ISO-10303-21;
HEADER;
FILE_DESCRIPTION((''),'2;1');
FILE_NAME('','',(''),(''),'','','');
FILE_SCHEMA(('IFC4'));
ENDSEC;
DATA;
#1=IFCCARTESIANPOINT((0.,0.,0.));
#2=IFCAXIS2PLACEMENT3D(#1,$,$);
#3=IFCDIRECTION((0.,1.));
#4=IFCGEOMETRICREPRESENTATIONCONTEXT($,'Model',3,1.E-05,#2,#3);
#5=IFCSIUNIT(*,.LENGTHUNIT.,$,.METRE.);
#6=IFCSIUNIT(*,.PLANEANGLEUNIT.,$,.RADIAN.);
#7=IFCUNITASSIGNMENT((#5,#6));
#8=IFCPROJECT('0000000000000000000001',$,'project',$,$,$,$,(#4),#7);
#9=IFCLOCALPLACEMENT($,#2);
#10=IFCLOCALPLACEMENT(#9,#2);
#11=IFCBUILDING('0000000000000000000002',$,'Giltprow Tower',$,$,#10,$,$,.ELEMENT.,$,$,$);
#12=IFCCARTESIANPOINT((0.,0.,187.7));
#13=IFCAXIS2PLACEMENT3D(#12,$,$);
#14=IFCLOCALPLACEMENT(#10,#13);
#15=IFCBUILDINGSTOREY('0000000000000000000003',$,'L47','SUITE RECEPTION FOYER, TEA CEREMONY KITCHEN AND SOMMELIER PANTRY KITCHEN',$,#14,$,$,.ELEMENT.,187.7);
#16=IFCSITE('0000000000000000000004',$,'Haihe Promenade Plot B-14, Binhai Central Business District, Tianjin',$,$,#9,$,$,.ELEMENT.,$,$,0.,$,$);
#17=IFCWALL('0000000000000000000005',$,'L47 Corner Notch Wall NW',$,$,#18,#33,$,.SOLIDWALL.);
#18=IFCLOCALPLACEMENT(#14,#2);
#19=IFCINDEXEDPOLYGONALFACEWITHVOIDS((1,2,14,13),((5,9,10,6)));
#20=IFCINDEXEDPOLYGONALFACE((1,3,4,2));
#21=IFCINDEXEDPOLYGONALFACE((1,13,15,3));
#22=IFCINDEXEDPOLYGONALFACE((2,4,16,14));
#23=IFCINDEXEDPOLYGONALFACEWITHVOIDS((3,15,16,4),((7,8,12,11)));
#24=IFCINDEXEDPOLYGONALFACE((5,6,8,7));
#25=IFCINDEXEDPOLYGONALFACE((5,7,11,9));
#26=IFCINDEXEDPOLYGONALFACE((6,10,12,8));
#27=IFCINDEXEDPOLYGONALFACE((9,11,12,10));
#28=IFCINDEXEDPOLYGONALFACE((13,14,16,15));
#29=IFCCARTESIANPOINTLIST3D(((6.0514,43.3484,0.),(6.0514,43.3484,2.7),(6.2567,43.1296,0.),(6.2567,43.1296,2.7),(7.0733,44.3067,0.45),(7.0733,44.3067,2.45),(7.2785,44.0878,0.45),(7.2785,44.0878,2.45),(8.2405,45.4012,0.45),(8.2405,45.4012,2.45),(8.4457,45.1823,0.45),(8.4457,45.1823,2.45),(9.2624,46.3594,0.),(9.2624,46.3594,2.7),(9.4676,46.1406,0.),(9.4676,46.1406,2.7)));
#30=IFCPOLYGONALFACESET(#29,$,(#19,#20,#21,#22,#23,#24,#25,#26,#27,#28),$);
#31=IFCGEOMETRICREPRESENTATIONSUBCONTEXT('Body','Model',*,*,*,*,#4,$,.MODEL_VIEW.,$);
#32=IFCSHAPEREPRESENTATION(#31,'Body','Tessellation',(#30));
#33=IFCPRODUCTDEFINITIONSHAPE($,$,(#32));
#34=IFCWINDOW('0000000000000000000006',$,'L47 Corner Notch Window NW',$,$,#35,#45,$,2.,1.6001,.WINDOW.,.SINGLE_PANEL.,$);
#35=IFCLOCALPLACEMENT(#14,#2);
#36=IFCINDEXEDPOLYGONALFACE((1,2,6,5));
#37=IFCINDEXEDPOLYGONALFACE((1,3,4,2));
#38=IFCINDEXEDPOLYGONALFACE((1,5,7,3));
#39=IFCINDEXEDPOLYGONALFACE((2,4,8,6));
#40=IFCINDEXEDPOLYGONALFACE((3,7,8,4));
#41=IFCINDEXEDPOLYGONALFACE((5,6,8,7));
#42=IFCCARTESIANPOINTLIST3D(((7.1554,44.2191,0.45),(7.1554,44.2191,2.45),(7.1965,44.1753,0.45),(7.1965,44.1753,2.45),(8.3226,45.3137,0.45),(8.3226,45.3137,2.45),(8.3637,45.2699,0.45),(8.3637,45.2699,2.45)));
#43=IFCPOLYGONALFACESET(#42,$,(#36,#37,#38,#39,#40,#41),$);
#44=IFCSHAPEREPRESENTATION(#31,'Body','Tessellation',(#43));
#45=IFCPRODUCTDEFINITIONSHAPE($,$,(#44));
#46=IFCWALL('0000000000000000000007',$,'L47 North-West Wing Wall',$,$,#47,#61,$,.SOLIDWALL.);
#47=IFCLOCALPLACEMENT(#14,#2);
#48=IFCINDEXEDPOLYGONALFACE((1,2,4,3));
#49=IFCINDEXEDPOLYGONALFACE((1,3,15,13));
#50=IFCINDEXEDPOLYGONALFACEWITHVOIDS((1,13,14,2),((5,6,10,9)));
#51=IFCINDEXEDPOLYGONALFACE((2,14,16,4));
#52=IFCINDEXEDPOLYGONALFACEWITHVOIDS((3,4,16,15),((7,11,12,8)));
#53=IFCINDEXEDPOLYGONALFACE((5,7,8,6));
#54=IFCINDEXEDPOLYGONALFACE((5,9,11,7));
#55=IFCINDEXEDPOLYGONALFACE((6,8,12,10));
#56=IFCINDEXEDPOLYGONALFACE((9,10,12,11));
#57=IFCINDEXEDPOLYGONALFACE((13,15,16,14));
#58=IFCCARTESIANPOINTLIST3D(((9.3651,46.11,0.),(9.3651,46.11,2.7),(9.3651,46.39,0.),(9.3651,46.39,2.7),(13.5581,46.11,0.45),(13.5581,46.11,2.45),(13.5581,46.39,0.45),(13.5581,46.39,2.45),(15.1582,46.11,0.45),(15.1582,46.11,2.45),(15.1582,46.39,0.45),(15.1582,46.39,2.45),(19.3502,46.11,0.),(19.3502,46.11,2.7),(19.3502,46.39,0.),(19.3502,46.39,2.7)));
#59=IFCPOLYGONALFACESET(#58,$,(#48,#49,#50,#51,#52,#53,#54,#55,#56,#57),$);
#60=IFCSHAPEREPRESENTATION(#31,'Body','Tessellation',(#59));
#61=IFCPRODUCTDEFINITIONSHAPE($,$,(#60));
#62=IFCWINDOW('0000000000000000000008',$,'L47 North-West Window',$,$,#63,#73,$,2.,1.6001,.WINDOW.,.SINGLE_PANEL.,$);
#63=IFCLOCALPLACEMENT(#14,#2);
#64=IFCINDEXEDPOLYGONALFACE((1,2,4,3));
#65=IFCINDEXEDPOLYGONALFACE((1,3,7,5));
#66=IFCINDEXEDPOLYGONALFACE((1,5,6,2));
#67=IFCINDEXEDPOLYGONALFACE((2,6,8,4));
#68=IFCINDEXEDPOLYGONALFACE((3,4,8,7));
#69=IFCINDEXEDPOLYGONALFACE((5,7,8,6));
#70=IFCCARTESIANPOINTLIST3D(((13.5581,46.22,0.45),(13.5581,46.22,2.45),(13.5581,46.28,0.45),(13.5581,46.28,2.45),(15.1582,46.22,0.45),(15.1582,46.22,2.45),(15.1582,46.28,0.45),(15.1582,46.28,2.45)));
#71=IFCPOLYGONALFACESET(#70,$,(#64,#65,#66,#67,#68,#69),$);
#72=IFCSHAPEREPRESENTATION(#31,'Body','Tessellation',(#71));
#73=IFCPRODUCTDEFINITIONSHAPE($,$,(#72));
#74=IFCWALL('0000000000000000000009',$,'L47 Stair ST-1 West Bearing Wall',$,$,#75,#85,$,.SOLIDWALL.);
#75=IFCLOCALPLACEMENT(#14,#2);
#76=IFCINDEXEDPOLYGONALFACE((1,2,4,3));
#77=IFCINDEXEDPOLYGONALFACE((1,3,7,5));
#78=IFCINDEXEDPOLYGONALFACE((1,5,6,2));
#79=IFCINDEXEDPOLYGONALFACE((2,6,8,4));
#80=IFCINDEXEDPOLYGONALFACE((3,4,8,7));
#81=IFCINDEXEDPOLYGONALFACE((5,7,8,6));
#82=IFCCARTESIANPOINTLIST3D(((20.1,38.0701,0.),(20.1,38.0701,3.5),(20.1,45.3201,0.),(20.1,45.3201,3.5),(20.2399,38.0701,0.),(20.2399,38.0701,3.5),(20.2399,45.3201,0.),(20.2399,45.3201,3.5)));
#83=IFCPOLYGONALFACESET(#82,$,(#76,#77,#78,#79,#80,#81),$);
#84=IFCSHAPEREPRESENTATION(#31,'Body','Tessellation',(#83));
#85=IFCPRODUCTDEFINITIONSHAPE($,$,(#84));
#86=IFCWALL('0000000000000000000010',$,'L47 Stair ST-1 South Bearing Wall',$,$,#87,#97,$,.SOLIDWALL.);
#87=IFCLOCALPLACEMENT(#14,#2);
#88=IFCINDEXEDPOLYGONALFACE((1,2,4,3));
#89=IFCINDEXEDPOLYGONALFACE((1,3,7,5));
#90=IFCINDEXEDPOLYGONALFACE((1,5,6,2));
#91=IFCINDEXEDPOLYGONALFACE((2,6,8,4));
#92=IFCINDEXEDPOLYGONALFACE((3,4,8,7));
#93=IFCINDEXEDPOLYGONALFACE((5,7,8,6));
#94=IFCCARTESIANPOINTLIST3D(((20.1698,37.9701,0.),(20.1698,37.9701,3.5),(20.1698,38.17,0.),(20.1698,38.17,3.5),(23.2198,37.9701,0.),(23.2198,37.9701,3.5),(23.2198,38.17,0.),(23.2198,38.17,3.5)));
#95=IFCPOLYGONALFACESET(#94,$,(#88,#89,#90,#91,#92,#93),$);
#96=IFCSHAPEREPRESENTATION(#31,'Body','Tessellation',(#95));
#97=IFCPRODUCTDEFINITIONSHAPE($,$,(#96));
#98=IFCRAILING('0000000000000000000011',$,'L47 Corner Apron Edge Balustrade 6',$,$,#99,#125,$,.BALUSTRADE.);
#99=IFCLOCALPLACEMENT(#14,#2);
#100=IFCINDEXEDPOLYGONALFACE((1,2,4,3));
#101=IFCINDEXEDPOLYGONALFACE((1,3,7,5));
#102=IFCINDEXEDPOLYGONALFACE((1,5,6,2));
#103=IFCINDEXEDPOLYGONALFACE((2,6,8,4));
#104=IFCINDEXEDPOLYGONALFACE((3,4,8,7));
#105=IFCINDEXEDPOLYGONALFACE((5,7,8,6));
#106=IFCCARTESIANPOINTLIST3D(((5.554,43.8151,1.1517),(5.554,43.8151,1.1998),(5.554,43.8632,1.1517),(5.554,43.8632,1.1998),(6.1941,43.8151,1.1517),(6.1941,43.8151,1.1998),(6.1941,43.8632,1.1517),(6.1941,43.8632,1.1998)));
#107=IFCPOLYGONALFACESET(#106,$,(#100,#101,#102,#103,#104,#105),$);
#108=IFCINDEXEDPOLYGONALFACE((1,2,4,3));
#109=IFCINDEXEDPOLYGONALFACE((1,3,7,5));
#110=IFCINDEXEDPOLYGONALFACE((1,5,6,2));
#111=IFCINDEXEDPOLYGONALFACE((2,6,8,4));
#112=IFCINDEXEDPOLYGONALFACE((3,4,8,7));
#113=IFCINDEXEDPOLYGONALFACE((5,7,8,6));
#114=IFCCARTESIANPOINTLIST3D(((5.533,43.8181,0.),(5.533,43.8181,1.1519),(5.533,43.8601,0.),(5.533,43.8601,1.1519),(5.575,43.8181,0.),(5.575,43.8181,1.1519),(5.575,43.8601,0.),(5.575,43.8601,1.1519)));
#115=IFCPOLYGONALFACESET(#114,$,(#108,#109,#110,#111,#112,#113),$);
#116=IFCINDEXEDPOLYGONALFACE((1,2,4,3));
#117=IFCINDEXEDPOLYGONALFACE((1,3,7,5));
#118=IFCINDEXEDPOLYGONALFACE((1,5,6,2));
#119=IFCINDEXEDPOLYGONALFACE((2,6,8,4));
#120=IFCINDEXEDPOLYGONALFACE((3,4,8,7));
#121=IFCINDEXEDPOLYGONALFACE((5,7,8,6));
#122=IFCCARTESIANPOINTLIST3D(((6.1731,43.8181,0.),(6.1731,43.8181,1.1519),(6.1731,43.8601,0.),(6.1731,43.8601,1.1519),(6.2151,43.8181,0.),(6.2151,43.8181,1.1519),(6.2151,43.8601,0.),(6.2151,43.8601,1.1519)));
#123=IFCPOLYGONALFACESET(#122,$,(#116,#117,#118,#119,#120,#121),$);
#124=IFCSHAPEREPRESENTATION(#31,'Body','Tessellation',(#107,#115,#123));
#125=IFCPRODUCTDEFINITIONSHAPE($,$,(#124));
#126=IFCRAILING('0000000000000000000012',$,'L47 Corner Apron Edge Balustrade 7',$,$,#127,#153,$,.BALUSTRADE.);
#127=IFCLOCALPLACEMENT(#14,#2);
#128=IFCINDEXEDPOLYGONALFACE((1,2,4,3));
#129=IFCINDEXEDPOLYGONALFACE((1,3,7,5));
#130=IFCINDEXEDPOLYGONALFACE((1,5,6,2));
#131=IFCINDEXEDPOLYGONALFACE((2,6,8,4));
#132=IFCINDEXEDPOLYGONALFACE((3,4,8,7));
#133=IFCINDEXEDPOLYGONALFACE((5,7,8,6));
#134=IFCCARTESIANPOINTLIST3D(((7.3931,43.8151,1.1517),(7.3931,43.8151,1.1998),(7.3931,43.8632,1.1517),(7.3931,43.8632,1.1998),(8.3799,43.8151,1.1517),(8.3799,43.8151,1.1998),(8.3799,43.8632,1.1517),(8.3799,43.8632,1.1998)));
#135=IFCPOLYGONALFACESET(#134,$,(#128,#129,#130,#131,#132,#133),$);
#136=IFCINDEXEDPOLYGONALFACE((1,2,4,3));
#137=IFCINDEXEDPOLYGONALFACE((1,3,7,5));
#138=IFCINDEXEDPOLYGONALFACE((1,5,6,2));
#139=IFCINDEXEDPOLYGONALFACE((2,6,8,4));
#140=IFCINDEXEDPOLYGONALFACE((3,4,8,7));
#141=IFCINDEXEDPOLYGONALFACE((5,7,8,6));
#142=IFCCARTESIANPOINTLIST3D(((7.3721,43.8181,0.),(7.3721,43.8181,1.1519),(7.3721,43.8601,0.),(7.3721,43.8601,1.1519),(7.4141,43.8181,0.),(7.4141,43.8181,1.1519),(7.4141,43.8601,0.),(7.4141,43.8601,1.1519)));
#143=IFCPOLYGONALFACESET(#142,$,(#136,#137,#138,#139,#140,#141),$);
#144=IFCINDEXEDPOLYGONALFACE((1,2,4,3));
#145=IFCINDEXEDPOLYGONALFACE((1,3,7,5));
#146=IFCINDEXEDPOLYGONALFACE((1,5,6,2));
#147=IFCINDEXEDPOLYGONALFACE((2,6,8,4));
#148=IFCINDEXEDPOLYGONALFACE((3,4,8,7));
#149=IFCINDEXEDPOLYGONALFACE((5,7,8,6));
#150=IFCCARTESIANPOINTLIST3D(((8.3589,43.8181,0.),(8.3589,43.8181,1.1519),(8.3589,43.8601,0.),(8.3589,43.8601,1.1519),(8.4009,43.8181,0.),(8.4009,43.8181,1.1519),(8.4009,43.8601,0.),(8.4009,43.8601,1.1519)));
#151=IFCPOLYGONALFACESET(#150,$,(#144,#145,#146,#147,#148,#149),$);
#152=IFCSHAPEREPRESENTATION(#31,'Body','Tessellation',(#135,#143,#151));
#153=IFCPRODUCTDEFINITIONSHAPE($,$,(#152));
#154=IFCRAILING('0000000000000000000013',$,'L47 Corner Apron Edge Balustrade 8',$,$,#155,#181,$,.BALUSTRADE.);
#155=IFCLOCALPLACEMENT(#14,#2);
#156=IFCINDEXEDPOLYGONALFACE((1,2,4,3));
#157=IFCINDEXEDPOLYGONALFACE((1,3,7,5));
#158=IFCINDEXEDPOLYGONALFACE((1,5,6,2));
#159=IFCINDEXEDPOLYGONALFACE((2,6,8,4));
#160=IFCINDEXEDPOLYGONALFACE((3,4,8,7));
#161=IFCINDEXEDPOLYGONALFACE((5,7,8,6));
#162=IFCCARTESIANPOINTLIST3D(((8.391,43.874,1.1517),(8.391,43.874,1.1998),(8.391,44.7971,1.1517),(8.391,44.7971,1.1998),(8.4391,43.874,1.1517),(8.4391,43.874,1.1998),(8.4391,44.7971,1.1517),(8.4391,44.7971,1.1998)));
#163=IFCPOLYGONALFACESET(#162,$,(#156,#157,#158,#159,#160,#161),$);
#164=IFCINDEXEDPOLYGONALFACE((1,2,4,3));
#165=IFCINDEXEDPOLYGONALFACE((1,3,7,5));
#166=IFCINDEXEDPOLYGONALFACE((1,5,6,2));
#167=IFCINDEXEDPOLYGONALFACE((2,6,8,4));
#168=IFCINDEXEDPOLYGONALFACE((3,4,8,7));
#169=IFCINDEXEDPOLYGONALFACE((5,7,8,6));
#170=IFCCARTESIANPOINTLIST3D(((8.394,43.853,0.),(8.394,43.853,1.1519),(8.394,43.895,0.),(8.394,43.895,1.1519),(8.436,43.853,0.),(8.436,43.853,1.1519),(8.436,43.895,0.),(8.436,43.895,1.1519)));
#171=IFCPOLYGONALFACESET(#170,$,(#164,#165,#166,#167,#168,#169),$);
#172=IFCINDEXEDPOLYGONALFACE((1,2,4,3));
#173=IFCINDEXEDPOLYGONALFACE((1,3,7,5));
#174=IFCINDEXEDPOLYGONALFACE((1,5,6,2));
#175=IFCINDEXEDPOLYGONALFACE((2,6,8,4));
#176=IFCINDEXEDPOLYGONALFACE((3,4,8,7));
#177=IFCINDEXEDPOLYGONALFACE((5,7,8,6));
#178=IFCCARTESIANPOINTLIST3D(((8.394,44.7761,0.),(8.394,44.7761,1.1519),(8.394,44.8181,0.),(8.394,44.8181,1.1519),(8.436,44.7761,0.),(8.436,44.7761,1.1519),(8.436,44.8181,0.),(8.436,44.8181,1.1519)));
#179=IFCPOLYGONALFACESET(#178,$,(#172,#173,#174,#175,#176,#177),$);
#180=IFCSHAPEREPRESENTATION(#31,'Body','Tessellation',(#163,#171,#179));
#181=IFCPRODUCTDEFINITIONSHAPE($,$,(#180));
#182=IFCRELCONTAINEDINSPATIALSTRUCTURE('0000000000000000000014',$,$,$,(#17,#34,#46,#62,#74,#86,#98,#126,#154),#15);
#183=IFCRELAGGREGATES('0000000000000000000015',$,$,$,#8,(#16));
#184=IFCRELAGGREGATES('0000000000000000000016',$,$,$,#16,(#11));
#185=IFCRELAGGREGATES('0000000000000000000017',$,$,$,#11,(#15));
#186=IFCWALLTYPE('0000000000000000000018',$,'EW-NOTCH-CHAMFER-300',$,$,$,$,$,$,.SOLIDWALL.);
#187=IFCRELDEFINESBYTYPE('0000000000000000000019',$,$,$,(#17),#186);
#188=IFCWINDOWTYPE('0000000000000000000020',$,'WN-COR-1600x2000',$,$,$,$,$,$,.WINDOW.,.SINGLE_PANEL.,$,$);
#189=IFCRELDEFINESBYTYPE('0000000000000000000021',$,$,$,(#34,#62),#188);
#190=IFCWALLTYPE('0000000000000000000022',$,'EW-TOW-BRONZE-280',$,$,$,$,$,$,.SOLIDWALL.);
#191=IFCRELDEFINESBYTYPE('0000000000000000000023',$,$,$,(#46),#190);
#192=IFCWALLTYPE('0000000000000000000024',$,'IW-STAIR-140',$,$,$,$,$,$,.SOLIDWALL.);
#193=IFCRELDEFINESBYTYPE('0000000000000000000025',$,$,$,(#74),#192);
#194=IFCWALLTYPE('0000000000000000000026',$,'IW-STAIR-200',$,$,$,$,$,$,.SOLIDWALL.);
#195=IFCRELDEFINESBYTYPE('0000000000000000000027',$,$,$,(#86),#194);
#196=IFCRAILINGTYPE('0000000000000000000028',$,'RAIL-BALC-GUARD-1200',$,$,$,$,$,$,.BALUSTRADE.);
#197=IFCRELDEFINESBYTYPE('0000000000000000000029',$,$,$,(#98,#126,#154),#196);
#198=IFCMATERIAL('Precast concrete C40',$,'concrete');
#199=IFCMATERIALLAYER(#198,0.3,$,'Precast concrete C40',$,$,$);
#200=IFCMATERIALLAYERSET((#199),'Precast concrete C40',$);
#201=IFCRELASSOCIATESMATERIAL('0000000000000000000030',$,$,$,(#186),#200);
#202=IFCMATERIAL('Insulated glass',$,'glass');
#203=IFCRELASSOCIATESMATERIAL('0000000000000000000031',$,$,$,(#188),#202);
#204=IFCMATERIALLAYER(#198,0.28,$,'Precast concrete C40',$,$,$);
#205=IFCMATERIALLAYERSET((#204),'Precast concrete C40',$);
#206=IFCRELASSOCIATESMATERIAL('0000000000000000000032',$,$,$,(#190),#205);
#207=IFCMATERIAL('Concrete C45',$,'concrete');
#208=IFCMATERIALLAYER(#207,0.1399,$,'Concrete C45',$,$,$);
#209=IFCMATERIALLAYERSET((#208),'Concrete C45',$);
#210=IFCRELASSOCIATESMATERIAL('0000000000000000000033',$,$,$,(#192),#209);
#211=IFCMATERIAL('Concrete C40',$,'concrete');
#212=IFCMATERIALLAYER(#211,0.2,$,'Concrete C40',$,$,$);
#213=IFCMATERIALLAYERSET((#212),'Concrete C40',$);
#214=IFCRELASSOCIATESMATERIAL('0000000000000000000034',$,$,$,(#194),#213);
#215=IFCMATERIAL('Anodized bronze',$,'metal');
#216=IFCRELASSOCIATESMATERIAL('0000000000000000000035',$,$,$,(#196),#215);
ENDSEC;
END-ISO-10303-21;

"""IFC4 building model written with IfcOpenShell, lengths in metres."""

from ifc_helpers import new_model, si_unit, direction, frame, frame_2d, origin, origin_2d, place, context, subcontext, project, spatial, rectangle, extrude, source, transform, mapped, material, layer, layer_set, type_object, element, fill, save


model = new_model("IFC4")

# Units and contexts
model_context = context("Model", 3, precision=1e-05, world=origin(), true_north=direction((0.0, 1.0)))
body_context = subcontext(model_context, "Body", "Model", "MODEL_VIEW")
ifc_project = project(units=[si_unit("LENGTHUNIT", "METRE"), si_unit("PLANEANGLEUNIT", "RADIAN")], contexts=[model_context])

# Site, building, storey
site_placement = place(None, origin())
site = spatial("IfcSite", under=ifc_project, at=site_placement, Name="Haihe Promenade Plot B-14, Binhai Central Business District, Tianjin", CompositionType="ELEMENT", RefElevation=0.0)
building_placement = place(site_placement, origin())
building = spatial("IfcBuilding", under=site, at=building_placement, Name="Giltprow Tower", CompositionType="ELEMENT")
storey_placement = place(building_placement, frame((0.0, 0.0, 187.7)))
storey = spatial("IfcBuildingStorey", under=building, at=storey_placement, Name="L47", Description="SUITE RECEPTION FOYER, TEA CEREMONY KITCHEN AND SOMMELIER PANTRY KITCHEN", CompositionType="ELEMENT", Elevation=187.7)

# Walls, openings, windows
ifc_material_1 = material(Name="Precast concrete C40", Category="concrete")
ifc_layer_1 = layer(ifc_material_1, 0.3, Name="Precast concrete C40")
ifc_layer_set_1 = layer_set([ifc_layer_1], Name="Precast concrete C40")
wall_type_1 = type_object("IfcWallType", Name="EW-NOTCH-CHAMFER-300", PredefinedType="SOLIDWALL", material=ifc_layer_set_1)
wall_1_placement = place(storey_placement, frame((9.365, 46.25, 0.0), z_axis=(0.0, 0.0, 1.0), x_axis=(-0.729454, -0.68403, 0.0)))
wall_1 = element("IfcWall", 1, at=wall_1_placement, inside=storey, type_object=wall_type_1, Name="L47 Corner Notch Wall NW", PredefinedType="SOLIDWALL", context=body_context, shape_type="SweptSolid", body=[
    extrude(rectangle(XDim=4.4019, YDim=0.3, at=frame_2d((2.2009, 0.0))), origin(), (0.0, 0.0, 1.0), 2.7),
])
opening_1_placement = place(wall_1_placement, frame((1.4009, 0.0, 0.45)))
opening_1 = element("IfcOpeningElement", 2, at=opening_1_placement, cuts=wall_1, PredefinedType="OPENING", context=body_context, shape_type="SweptSolid", body=[
    extrude(rectangle(XDim=1.6001, YDim=2.0, at=frame_2d((0.8, 1.0))), frame((0.0, 0.1599, 0.0), z_axis=(0.0, -1.0, 0.0), x_axis=(1.0, 0.0, 0.0)), (0.0, 0.0, 1.0), 0.3201),
])
ifc_material_2 = material(Name="Insulated glass", Category="glass")
window_type = type_object("IfcWindowType", Name="WN-COR-1600x2000", PartitioningType="SINGLE_PANEL", PredefinedType="WINDOW", material=ifc_material_2)
shared_shape_1 = source(origin(), body_context, "Body", "SweptSolid", [
    extrude(rectangle(XDim=1.6001, YDim=2.0, at=frame_2d((0.8, 1.0))), frame((0.0, 0.03, 0.0), z_axis=(0.0, -1.0, 0.0), x_axis=(1.0, 0.0, 0.0)), (0.0, 0.0, 1.0), 0.0601),
])
window_1_placement = place(opening_1_placement, origin())
window_1 = element("IfcWindow", 3, at=window_1_placement, inside=storey, type_object=window_type, Name="L47 Corner Notch Window NW", OverallHeight=2.0, OverallWidth=1.6001, PartitioningType="SINGLE_PANEL", PredefinedType="WINDOW", context=body_context, shape_type="MappedRepresentation", body=[
    mapped(shared_shape_1, transform((0.0, 0.0, 0.0), x_axis=(1.0, 0.0, 0.0), y_axis=(0.0, 1.0, 0.0), z_axis=(0.0, 0.0, 1.0), scale=1.0)),
])
fill(opening_1, window_1)
ifc_layer_2 = layer(ifc_material_1, 0.28, Name="Precast concrete C40")
ifc_layer_set_2 = layer_set([ifc_layer_2], Name="Precast concrete C40")
wall_type_2 = type_object("IfcWallType", Name="EW-TOW-BRONZE-280", PredefinedType="SOLIDWALL", material=ifc_layer_set_2)
wall_2_placement = place(storey_placement, frame((9.365, 46.25, 0.0), z_axis=(0.0, 0.0, 1.0), x_axis=(1.0, 0.0, 0.0)))
wall_2 = element("IfcWall", 4, at=wall_2_placement, inside=storey, type_object=wall_type_2, Name="L47 North-West Wing Wall", PredefinedType="SOLIDWALL", context=body_context, shape_type="SweptSolid", body=[
    extrude(rectangle(XDim=9.9851, YDim=0.28, at=frame_2d((4.9927, 0.0))), origin(), (0.0, 0.0, 1.0), 2.7),
])
opening_2_placement = place(wall_2_placement, frame((4.1931, 0.0, 0.45)))
opening_2 = element("IfcOpeningElement", 5, at=opening_2_placement, cuts=wall_2, PredefinedType="OPENING", context=body_context, shape_type="SweptSolid", body=[
    extrude(rectangle(XDim=1.6001, YDim=2.0, at=frame_2d((0.8, 1.0))), frame((0.0, 0.1499, 0.0), z_axis=(0.0, -1.0, 0.0), x_axis=(1.0, 0.0, 0.0)), (0.0, 0.0, 1.0), 0.3),
])
window_2_placement = place(opening_2_placement, origin())
window_2 = element("IfcWindow", 6, at=window_2_placement, inside=storey, type_object=window_type, Name="L47 North-West Window", OverallHeight=2.0, OverallWidth=1.6001, PartitioningType="SINGLE_PANEL", PredefinedType="WINDOW", context=body_context, shape_type="MappedRepresentation", body=[
    mapped(shared_shape_1, transform((0.0, 0.0, 0.0), x_axis=(1.0, 0.0, 0.0), y_axis=(0.0, 1.0, 0.0), z_axis=(0.0, 0.0, 1.0), scale=1.0)),
])
fill(opening_2, window_2)

# Walls
ifc_material_3 = material(Name="Concrete C45", Category="concrete")
ifc_layer_3 = layer(ifc_material_3, 0.1399, Name="Concrete C45")
ifc_layer_set_3 = layer_set([ifc_layer_3], Name="Concrete C45")
wall_type_3 = type_object("IfcWallType", Name="IW-STAIR-140", PredefinedType="SOLIDWALL", material=ifc_layer_set_3)
wall_3_placement = place(storey_placement, frame((20.1699, 38.0701, 0.0), z_axis=(0.0, 0.0, 1.0), x_axis=(0.0, 1.0, 0.0)))
element("IfcWall", 7, at=wall_3_placement, inside=storey, type_object=wall_type_3, Name="L47 Stair ST-1 West Bearing Wall", PredefinedType="SOLIDWALL", context=body_context, shape_type="SweptSolid", body=[
    extrude(rectangle(XDim=7.25, YDim=0.1399, at=frame_2d((3.625, 0.0))), origin(), (0.0, 0.0, 1.0), 3.5),
])
ifc_material_4 = material(Name="Concrete C40", Category="concrete")
ifc_layer_4 = layer(ifc_material_4, 0.2, Name="Concrete C40")
ifc_layer_set_4 = layer_set([ifc_layer_4], Name="Concrete C40")
wall_type_4 = type_object("IfcWallType", Name="IW-STAIR-200", PredefinedType="SOLIDWALL", material=ifc_layer_set_4)
wall_4_placement = place(storey_placement, frame((20.1699, 38.0701, 0.0), z_axis=(0.0, 0.0, 1.0), x_axis=(1.0, 0.0, 0.0)))
element("IfcWall", 8, at=wall_4_placement, inside=storey, type_object=wall_type_4, Name="L47 Stair ST-1 South Bearing Wall", PredefinedType="SOLIDWALL", context=body_context, shape_type="SweptSolid", body=[
    extrude(rectangle(XDim=3.05, YDim=0.2, at=frame_2d((1.5249, 0.0))), origin(), (0.0, 0.0, 1.0), 3.5),
])

# Railings
ifc_material_5 = material(Name="Anodized bronze", Category="metal")
railing_type = type_object("IfcRailingType", Name="RAIL-BALC-GUARD-1200", PredefinedType="BALUSTRADE", material=ifc_material_5)
railing_1_placement = place(storey_placement, frame((5.554, 43.8391, 0.0)))
element("IfcRailing", 9, at=railing_1_placement, inside=storey, type_object=railing_type, Name="L47 Corner Apron Edge Balustrade 6", PredefinedType="BALUSTRADE", context=body_context, shape_type="SweptSolid", body=[
    extrude(rectangle(XDim=0.0481, YDim=0.0481, at=origin_2d()), frame((0.0, 0.0, 1.1758), z_axis=(1.0, 0.0, 0.0), x_axis=(0.0, 1.0, 0.0)), (0.0, 0.0, 1.0), 0.6401),
    extrude(rectangle(XDim=0.042, YDim=0.042, at=origin_2d()), origin(), (0.0, 0.0, 1.0), 1.1519),
    extrude(rectangle(XDim=0.042, YDim=0.042, at=origin_2d()), frame((0.6401, 0.0, 0.0)), (0.0, 0.0, 1.0), 1.1519),
])
railing_2_placement = place(storey_placement, frame((7.3931, 43.8391, 0.0)))
element("IfcRailing", 10, at=railing_2_placement, inside=storey, type_object=railing_type, Name="L47 Corner Apron Edge Balustrade 7", PredefinedType="BALUSTRADE", context=body_context, shape_type="SweptSolid", body=[
    extrude(rectangle(XDim=0.0481, YDim=0.0481, at=origin_2d()), frame((0.0, 0.0, 1.1758), z_axis=(1.0, 0.0, 0.0), x_axis=(0.0, 1.0, 0.0)), (0.0, 0.0, 1.0), 0.9868),
    extrude(rectangle(XDim=0.042, YDim=0.042, at=origin_2d()), origin(), (0.0, 0.0, 1.0), 1.1519),
    extrude(rectangle(XDim=0.042, YDim=0.042, at=origin_2d()), frame((0.9868, 0.0, 0.0)), (0.0, 0.0, 1.0), 1.1519),
])
railing_3_placement = place(storey_placement, frame((8.415, 43.874, 0.0)))
element("IfcRailing", 11, at=railing_3_placement, inside=storey, type_object=railing_type, Name="L47 Corner Apron Edge Balustrade 8", PredefinedType="BALUSTRADE", context=body_context, shape_type="SweptSolid", body=[
    extrude(rectangle(XDim=0.0481, YDim=0.0481, at=origin_2d()), frame((0.0, 0.0, 1.1758), z_axis=(0.0, 1.0, 0.0), x_axis=(-1.0, 0.0, 0.0)), (0.0, 0.0, 1.0), 0.9231),
    extrude(rectangle(XDim=0.042, YDim=0.042, at=origin_2d()), origin(), (0.0, 0.0, 1.0), 1.1519),
    extrude(rectangle(XDim=0.042, YDim=0.042, at=origin_2d()), frame((0.0, 0.9231, 0.0)), (0.0, 0.0, 1.0), 1.1519),
])

save(model, "model.ifc")
